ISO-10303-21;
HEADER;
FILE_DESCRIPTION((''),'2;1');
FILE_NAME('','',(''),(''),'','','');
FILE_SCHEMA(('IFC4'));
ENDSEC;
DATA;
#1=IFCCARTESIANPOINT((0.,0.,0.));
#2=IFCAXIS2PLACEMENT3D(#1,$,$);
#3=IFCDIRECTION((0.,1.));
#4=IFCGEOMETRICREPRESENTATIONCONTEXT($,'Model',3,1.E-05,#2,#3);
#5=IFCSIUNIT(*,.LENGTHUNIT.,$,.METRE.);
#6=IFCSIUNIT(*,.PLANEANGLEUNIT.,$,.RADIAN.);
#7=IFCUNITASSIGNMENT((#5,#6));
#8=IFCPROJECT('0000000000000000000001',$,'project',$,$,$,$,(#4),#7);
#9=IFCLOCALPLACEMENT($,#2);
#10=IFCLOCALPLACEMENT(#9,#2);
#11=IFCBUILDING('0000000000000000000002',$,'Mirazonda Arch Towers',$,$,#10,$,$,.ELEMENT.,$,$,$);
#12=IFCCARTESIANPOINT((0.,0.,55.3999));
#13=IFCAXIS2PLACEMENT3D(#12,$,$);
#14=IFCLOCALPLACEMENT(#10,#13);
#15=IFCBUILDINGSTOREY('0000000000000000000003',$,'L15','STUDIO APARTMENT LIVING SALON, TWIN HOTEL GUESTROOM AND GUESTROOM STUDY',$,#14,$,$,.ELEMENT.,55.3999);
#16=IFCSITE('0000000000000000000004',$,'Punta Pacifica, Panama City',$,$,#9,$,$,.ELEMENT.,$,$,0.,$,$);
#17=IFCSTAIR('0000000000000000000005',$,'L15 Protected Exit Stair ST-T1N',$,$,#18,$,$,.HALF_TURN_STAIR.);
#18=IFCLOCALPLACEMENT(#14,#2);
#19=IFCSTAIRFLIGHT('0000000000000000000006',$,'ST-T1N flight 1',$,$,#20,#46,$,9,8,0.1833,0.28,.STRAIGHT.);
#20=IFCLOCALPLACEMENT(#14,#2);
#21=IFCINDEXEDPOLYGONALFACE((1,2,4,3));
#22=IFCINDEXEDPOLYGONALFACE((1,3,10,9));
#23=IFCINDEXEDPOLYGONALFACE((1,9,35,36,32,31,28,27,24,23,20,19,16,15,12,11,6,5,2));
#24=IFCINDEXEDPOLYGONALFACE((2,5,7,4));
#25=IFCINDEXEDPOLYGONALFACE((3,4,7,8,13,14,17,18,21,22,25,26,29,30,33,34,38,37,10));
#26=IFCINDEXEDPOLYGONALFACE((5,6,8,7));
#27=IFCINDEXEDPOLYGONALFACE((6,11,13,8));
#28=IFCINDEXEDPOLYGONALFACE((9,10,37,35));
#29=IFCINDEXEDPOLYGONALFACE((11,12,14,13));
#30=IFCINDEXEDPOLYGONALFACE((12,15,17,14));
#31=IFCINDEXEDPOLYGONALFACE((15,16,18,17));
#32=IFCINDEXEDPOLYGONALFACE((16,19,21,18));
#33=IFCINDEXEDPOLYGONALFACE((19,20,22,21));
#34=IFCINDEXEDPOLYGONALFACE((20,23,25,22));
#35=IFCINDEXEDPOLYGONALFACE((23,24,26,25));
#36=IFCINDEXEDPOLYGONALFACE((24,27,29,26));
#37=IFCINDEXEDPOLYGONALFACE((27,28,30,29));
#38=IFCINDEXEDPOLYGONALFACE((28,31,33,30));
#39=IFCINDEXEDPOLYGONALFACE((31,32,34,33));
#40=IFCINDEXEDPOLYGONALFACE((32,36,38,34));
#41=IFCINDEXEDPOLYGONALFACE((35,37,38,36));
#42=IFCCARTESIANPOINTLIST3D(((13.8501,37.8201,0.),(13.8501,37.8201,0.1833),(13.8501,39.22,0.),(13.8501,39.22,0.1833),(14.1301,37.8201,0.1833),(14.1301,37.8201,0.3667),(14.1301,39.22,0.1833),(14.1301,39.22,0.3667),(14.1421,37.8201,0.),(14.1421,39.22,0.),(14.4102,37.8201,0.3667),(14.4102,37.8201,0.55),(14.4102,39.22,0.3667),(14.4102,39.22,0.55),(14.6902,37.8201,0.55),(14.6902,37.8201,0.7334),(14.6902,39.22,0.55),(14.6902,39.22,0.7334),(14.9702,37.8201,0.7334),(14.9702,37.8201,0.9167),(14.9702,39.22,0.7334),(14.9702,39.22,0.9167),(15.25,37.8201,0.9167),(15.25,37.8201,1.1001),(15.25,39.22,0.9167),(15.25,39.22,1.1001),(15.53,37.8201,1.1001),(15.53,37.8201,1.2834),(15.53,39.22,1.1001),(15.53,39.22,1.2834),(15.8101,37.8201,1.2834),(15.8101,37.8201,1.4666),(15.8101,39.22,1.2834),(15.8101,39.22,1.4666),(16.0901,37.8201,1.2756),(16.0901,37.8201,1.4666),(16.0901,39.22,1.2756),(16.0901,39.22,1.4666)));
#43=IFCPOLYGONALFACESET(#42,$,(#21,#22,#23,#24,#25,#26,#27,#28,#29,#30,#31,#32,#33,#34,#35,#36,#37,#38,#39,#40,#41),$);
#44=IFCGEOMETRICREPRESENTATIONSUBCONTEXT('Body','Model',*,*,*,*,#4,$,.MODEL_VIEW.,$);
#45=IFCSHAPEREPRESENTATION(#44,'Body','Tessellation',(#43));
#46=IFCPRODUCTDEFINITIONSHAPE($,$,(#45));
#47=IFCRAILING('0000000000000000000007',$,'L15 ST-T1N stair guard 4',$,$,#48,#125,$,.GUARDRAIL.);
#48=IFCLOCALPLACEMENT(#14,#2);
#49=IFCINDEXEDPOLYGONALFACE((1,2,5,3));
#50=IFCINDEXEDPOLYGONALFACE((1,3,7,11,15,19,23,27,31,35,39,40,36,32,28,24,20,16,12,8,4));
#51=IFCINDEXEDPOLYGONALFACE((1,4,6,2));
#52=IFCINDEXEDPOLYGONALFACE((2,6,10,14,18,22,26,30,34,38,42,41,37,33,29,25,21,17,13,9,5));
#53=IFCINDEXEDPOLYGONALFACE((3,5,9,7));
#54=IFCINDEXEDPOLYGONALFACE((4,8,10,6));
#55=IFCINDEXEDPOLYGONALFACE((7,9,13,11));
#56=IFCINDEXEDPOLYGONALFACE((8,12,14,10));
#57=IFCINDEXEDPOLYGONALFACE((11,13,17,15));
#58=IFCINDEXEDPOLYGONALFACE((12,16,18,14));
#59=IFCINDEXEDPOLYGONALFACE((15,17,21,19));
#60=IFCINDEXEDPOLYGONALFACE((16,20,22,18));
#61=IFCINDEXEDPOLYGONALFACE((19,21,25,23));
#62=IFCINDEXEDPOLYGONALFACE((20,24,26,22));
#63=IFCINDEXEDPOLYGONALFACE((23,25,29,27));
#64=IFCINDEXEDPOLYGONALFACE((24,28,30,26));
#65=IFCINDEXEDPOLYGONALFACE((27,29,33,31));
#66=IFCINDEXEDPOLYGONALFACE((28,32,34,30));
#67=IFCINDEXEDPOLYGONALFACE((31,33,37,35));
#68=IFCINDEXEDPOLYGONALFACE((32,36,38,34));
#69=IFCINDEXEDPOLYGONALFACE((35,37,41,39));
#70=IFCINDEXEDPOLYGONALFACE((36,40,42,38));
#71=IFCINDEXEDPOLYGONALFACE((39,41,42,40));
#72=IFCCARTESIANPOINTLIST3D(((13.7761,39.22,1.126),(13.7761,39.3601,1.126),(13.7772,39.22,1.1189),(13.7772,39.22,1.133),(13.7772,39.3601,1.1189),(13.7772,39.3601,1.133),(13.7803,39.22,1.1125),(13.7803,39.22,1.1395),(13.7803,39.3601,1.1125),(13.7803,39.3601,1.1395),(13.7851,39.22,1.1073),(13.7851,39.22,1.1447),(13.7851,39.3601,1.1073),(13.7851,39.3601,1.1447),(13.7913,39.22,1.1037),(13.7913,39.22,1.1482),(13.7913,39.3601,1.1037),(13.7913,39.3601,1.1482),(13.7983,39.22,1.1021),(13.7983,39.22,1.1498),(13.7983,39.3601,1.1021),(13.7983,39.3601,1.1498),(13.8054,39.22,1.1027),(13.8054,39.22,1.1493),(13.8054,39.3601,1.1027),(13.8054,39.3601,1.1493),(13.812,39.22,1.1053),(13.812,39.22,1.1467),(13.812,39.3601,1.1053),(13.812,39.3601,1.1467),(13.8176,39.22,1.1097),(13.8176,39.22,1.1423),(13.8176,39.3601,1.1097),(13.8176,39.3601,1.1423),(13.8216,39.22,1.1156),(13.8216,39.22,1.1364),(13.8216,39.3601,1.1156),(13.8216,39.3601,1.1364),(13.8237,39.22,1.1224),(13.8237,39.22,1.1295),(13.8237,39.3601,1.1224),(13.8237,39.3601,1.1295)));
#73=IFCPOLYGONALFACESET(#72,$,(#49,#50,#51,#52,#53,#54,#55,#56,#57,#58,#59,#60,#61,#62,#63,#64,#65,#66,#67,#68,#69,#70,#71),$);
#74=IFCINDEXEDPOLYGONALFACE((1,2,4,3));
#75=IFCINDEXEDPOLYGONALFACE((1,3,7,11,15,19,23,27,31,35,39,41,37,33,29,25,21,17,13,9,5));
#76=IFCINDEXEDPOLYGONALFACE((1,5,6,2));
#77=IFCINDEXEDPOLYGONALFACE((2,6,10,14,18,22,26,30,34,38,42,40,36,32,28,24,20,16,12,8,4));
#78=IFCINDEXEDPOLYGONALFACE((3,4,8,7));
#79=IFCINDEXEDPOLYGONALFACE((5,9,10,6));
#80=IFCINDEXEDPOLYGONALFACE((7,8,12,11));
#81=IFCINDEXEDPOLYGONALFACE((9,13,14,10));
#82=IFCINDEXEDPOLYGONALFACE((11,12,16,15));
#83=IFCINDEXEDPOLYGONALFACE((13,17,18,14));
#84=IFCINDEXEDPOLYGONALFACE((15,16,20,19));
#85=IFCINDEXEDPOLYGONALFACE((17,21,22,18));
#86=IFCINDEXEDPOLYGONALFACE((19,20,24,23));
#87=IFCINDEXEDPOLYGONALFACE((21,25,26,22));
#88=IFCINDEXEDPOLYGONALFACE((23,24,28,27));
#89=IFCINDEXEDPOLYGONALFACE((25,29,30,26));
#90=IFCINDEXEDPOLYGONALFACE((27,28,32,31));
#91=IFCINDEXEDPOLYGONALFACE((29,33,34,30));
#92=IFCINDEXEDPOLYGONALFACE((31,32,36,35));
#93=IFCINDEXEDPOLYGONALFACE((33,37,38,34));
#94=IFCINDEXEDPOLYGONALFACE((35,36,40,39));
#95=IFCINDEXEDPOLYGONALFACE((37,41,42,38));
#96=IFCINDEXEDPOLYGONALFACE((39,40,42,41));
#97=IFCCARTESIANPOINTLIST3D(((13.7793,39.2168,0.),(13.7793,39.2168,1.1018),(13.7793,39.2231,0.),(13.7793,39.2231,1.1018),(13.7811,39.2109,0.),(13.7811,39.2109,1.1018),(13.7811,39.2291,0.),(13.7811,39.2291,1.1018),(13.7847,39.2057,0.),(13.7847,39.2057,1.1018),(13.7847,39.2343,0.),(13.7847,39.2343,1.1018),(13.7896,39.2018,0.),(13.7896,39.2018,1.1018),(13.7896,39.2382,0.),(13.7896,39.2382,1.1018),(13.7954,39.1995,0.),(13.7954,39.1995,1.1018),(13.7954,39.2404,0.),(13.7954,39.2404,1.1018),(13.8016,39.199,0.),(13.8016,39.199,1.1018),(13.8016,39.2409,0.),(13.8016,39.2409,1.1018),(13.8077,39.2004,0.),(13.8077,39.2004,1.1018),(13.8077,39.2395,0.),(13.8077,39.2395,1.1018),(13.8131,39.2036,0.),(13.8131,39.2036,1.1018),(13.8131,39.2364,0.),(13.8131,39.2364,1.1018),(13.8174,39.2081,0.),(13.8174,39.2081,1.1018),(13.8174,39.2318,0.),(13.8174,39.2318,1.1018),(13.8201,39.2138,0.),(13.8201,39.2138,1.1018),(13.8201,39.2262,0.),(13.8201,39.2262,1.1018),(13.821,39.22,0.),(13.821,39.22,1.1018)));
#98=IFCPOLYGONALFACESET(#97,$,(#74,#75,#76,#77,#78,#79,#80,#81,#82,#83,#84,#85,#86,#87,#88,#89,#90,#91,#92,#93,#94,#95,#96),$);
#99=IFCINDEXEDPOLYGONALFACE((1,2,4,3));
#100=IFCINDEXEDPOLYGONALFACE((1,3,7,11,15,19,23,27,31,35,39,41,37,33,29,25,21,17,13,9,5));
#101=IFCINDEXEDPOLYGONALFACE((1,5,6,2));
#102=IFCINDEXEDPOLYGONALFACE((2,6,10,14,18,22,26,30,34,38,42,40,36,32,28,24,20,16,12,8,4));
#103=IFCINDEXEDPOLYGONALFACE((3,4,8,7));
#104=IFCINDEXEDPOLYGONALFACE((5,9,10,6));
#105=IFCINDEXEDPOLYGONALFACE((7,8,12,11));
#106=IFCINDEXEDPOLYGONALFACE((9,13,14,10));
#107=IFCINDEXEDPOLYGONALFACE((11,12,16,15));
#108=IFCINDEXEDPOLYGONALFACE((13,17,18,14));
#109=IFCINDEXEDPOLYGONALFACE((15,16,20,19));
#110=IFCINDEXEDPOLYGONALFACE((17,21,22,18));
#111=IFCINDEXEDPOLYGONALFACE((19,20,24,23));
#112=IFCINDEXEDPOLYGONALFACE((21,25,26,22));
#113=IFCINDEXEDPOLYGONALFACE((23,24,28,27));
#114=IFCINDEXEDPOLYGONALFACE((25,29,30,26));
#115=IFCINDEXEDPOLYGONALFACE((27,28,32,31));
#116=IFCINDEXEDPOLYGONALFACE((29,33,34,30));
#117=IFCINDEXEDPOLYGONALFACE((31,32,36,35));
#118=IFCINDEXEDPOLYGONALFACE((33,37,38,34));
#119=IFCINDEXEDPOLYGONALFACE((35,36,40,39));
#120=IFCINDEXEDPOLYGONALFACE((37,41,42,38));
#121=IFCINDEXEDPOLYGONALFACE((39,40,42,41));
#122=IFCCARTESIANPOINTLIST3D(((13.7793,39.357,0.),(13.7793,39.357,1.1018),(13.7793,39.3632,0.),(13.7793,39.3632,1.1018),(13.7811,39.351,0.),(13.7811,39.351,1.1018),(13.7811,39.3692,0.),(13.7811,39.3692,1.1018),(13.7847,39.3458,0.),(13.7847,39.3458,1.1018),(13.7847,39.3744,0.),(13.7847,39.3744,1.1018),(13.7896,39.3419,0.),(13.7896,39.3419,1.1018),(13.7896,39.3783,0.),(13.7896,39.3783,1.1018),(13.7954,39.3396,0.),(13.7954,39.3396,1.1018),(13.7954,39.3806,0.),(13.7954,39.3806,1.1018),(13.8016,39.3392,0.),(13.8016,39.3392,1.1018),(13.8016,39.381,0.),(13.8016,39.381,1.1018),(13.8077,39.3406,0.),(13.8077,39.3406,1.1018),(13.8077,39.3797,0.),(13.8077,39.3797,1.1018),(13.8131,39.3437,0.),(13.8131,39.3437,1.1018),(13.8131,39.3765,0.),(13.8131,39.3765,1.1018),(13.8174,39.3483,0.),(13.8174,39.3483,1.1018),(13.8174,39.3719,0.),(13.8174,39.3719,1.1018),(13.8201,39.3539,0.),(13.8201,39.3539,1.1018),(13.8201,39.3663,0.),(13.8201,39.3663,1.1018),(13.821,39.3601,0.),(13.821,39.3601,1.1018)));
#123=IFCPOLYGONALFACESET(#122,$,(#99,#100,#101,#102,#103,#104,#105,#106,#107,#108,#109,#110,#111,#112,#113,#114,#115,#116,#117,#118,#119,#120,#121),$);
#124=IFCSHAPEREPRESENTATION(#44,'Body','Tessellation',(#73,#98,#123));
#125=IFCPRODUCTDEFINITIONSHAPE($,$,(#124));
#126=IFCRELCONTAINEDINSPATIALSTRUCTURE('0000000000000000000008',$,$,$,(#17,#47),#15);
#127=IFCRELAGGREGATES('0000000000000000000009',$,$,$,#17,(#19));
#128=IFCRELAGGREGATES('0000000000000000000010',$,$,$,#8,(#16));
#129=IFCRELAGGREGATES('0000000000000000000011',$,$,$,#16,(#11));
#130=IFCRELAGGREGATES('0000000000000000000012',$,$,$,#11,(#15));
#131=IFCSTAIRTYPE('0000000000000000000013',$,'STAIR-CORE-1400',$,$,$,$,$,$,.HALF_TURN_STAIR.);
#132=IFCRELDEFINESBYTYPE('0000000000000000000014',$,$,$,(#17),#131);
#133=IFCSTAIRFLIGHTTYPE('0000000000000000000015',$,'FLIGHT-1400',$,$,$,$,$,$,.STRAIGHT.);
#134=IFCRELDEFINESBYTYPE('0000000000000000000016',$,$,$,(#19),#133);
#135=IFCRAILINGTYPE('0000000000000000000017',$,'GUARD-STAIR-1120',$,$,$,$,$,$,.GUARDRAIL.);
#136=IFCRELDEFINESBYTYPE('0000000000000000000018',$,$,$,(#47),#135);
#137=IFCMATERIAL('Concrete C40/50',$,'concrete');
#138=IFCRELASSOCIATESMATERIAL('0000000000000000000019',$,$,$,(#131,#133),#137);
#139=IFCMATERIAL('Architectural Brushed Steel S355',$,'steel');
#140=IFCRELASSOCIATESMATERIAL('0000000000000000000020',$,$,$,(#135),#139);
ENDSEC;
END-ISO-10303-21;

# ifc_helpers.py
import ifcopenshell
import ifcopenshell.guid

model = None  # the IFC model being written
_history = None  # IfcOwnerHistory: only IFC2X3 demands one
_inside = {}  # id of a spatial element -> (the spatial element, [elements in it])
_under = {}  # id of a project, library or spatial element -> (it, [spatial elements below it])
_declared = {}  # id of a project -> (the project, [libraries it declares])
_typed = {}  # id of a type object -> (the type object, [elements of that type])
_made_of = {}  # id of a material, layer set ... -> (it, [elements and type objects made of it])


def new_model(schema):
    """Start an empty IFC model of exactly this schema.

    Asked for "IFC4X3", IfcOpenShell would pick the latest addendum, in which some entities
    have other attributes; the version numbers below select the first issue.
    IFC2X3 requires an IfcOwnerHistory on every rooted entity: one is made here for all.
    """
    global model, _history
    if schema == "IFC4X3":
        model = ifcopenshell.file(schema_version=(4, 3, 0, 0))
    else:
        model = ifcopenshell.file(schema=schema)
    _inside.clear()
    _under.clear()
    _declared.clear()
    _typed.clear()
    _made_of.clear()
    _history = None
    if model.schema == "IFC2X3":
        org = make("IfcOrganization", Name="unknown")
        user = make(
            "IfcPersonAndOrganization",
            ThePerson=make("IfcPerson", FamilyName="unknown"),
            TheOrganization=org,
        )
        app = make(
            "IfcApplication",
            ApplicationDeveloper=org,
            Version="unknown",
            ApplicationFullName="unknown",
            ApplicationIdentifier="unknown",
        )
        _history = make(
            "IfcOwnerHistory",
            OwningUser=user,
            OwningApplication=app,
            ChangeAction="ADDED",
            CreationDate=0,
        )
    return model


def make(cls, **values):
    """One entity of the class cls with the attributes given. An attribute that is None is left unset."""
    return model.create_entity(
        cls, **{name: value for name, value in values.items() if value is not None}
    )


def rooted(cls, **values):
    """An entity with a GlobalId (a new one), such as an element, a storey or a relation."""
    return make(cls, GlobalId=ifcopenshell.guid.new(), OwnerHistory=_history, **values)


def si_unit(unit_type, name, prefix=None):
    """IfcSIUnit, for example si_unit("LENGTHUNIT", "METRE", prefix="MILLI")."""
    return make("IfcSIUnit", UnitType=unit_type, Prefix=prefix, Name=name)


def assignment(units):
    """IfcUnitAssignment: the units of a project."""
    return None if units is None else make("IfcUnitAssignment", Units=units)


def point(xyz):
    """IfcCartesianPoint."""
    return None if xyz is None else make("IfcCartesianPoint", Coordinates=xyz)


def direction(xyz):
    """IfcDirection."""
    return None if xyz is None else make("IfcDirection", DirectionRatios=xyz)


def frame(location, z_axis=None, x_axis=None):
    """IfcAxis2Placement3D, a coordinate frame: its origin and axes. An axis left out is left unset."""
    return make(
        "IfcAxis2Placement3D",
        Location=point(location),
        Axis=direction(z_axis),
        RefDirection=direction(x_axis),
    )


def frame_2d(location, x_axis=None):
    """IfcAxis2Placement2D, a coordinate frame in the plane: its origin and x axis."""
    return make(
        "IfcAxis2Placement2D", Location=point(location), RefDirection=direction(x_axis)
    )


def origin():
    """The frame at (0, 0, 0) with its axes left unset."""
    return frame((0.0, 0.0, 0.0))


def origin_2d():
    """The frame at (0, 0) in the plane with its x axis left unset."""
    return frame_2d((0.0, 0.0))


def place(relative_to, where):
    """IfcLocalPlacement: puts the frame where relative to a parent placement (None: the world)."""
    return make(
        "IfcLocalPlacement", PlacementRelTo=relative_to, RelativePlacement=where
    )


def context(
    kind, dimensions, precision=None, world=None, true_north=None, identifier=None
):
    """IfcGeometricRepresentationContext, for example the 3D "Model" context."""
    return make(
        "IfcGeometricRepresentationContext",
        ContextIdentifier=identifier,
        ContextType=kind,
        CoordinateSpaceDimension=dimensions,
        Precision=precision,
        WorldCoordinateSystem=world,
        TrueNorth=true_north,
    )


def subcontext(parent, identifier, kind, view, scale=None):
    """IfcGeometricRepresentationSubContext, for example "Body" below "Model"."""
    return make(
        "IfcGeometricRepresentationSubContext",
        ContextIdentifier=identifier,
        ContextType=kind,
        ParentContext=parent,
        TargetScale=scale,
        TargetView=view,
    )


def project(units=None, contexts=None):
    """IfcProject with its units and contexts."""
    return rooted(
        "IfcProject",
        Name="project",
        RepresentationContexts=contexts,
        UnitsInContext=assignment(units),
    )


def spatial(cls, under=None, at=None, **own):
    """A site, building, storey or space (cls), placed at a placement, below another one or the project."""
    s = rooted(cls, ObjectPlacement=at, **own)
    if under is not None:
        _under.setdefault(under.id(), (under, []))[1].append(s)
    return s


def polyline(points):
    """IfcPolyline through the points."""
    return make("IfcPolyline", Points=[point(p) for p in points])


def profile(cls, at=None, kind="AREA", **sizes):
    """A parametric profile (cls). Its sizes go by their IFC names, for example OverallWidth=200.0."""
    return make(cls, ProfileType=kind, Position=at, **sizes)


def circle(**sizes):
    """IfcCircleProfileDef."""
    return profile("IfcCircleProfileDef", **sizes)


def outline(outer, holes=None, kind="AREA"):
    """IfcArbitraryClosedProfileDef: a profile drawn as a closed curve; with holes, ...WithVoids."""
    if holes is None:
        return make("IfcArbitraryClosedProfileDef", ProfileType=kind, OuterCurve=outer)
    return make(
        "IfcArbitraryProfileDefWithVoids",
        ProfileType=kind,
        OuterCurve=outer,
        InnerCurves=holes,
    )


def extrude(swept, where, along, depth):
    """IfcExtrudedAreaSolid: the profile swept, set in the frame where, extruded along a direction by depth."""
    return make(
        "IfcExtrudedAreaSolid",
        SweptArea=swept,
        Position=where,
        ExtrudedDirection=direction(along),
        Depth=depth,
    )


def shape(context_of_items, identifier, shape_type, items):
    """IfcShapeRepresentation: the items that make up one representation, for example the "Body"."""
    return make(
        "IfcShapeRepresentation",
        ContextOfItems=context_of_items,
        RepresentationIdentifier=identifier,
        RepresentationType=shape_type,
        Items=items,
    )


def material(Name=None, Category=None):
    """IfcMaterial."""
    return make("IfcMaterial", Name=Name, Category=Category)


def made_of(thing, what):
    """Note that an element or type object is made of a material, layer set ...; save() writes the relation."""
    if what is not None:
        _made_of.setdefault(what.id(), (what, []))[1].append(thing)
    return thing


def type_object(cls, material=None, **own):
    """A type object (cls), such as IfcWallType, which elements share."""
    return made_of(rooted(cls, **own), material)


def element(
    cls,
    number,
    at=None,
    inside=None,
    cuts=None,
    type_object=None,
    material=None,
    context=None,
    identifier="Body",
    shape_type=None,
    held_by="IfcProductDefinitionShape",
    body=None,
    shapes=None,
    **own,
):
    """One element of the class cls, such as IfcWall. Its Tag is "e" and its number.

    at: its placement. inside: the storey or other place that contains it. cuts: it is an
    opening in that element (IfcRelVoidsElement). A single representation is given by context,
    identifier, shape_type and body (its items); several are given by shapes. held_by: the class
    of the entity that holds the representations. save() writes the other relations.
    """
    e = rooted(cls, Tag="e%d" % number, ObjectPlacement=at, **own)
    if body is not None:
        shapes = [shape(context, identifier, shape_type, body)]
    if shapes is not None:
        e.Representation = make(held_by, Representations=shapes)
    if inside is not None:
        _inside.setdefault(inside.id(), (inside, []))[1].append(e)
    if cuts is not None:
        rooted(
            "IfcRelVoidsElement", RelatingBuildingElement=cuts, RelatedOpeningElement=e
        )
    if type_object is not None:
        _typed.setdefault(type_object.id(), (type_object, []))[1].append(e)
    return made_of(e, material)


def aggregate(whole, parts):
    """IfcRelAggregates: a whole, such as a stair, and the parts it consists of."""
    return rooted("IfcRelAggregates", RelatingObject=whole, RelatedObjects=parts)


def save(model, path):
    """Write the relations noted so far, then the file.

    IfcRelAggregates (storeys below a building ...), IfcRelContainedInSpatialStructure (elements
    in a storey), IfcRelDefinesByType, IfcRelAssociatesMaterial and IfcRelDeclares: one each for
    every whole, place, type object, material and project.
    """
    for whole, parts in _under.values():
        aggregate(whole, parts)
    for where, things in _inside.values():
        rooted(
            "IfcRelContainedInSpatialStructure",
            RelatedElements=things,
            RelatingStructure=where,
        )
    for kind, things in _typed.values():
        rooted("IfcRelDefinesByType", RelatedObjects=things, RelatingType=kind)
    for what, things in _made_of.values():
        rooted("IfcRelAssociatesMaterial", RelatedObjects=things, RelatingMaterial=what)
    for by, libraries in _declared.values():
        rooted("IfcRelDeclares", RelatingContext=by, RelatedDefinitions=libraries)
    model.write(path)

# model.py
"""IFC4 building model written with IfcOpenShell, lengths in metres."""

from ifc_helpers import new_model, si_unit, direction, frame, origin, origin_2d, place, context, subcontext, project, spatial, polyline, circle, outline, extrude, material, type_object, element, aggregate, save


model = new_model("IFC4")

# Units and contexts
model_context = context("Model", 3, precision=1e-05, world=origin(), true_north=direction((0.0, 1.0)))
body_context = subcontext(model_context, "Body", "Model", "MODEL_VIEW")
ifc_project = project(units=[si_unit("LENGTHUNIT", "METRE"), si_unit("PLANEANGLEUNIT", "RADIAN")], contexts=[model_context])

# Site, building, storey
site_placement = place(None, origin())
site = spatial("IfcSite", under=ifc_project, at=site_placement, Name="Punta Pacifica, Panama City", CompositionType="ELEMENT", RefElevation=0.0)
building_placement = place(site_placement, origin())
building = spatial("IfcBuilding", under=site, at=building_placement, Name="Mirazonda Arch Towers", CompositionType="ELEMENT")
storey_placement = place(building_placement, frame((0.0, 0.0, 55.3999)))
storey = spatial("IfcBuildingStorey", under=building, at=storey_placement, Name="L15", Description="STUDIO APARTMENT LIVING SALON, TWIN HOTEL GUESTROOM AND GUESTROOM STUDY", CompositionType="ELEMENT", Elevation=55.3999)

# Shared definitions
ifc_material_1 = material(Name="Architectural Brushed Steel S355", Category="steel")

# Stair, stair flight
ifc_material_2 = material(Name="Concrete C40/50", Category="concrete")
stair_type = type_object("IfcStairType", Name="STAIR-CORE-1400", PredefinedType="HALF_TURN_STAIR", material=ifc_material_2)
stair_placement = place(storey_placement, origin())
stair = element("IfcStair", 1, at=stair_placement, inside=storey, type_object=stair_type, Name="L15 Protected Exit Stair ST-T1N", PredefinedType="HALF_TURN_STAIR")
stair_flight_type = type_object("IfcStairFlightType", Name="FLIGHT-1400", PredefinedType="STRAIGHT", material=ifc_material_2)
stair_flight_placement = place(storey_placement, frame((13.8501, 38.52, 0.0), z_axis=(0.0, 0.0, 1.0), x_axis=(1.0, 0.0, 0.0)))
stair_flight = element("IfcStairFlight", 2, at=stair_flight_placement, type_object=stair_flight_type, Name="ST-T1N flight 1", NumberOfRisers=9, NumberOfTreads=8, PredefinedType="STRAIGHT", RiserHeight=0.1833, TreadLength=0.28, context=body_context, shape_type="SweptSolid", body=[
    extrude(outline(polyline([(0.0, 0.0), (0.0, 0.1833), (0.28, 0.1833), (0.28, 0.3667), (0.5601, 0.3667), (0.5601, 0.55), (0.8401, 0.55), (0.8401, 0.7334), (1.1201, 0.7334), (1.1201, 0.9167), (1.3999, 0.9167), (1.3999, 1.1001), (1.6799, 1.1001), (1.6799, 1.2834), (1.96, 1.2834), (1.96, 1.4666), (2.24, 1.4666), (2.24, 1.6499), (2.24, 1.2756), (0.292, 0.0), (0.0, 0.0)])), frame((0.0, 0.7, 0.0), z_axis=(0.0, -1.0, 0.0), x_axis=(1.0, 0.0, 0.0)), (0.0, 0.0, 1.0), 1.3999),
])
aggregate(stair, [stair_flight])

# Railing
railing_type_1 = type_object("IfcRailingType", Name="GUARD-STAIR-1120", PredefinedType="GUARDRAIL", material=ifc_material_1)
railing_1_placement = place(storey_placement, frame((13.8, 39.22, 0.0)))
element("IfcRailing", 3, at=railing_1_placement, inside=storey, type_object=railing_type_1, Name="L15 ST-T1N stair guard 4", PredefinedType="GUARDRAIL", context=body_context, shape_type="SweptSolid", body=[
    extrude(circle(Radius=0.0239, at=origin_2d()), frame((0.0, 0.0, 1.126), z_axis=(0.0, 1.0, 0.0), x_axis=(-1.0, 0.0, 0.0)), (0.0, 0.0, 1.0), 0.1401),
    extrude(circle(Radius=0.021, at=origin_2d()), origin(), (0.0, 0.0, 1.0), 1.1018),
    extrude(circle(Radius=0.021, at=origin_2d()), frame((0.0, 0.1401, 0.0)), (0.0, 0.0, 1.0), 1.1018),
])

save(model, "model.ifc")
